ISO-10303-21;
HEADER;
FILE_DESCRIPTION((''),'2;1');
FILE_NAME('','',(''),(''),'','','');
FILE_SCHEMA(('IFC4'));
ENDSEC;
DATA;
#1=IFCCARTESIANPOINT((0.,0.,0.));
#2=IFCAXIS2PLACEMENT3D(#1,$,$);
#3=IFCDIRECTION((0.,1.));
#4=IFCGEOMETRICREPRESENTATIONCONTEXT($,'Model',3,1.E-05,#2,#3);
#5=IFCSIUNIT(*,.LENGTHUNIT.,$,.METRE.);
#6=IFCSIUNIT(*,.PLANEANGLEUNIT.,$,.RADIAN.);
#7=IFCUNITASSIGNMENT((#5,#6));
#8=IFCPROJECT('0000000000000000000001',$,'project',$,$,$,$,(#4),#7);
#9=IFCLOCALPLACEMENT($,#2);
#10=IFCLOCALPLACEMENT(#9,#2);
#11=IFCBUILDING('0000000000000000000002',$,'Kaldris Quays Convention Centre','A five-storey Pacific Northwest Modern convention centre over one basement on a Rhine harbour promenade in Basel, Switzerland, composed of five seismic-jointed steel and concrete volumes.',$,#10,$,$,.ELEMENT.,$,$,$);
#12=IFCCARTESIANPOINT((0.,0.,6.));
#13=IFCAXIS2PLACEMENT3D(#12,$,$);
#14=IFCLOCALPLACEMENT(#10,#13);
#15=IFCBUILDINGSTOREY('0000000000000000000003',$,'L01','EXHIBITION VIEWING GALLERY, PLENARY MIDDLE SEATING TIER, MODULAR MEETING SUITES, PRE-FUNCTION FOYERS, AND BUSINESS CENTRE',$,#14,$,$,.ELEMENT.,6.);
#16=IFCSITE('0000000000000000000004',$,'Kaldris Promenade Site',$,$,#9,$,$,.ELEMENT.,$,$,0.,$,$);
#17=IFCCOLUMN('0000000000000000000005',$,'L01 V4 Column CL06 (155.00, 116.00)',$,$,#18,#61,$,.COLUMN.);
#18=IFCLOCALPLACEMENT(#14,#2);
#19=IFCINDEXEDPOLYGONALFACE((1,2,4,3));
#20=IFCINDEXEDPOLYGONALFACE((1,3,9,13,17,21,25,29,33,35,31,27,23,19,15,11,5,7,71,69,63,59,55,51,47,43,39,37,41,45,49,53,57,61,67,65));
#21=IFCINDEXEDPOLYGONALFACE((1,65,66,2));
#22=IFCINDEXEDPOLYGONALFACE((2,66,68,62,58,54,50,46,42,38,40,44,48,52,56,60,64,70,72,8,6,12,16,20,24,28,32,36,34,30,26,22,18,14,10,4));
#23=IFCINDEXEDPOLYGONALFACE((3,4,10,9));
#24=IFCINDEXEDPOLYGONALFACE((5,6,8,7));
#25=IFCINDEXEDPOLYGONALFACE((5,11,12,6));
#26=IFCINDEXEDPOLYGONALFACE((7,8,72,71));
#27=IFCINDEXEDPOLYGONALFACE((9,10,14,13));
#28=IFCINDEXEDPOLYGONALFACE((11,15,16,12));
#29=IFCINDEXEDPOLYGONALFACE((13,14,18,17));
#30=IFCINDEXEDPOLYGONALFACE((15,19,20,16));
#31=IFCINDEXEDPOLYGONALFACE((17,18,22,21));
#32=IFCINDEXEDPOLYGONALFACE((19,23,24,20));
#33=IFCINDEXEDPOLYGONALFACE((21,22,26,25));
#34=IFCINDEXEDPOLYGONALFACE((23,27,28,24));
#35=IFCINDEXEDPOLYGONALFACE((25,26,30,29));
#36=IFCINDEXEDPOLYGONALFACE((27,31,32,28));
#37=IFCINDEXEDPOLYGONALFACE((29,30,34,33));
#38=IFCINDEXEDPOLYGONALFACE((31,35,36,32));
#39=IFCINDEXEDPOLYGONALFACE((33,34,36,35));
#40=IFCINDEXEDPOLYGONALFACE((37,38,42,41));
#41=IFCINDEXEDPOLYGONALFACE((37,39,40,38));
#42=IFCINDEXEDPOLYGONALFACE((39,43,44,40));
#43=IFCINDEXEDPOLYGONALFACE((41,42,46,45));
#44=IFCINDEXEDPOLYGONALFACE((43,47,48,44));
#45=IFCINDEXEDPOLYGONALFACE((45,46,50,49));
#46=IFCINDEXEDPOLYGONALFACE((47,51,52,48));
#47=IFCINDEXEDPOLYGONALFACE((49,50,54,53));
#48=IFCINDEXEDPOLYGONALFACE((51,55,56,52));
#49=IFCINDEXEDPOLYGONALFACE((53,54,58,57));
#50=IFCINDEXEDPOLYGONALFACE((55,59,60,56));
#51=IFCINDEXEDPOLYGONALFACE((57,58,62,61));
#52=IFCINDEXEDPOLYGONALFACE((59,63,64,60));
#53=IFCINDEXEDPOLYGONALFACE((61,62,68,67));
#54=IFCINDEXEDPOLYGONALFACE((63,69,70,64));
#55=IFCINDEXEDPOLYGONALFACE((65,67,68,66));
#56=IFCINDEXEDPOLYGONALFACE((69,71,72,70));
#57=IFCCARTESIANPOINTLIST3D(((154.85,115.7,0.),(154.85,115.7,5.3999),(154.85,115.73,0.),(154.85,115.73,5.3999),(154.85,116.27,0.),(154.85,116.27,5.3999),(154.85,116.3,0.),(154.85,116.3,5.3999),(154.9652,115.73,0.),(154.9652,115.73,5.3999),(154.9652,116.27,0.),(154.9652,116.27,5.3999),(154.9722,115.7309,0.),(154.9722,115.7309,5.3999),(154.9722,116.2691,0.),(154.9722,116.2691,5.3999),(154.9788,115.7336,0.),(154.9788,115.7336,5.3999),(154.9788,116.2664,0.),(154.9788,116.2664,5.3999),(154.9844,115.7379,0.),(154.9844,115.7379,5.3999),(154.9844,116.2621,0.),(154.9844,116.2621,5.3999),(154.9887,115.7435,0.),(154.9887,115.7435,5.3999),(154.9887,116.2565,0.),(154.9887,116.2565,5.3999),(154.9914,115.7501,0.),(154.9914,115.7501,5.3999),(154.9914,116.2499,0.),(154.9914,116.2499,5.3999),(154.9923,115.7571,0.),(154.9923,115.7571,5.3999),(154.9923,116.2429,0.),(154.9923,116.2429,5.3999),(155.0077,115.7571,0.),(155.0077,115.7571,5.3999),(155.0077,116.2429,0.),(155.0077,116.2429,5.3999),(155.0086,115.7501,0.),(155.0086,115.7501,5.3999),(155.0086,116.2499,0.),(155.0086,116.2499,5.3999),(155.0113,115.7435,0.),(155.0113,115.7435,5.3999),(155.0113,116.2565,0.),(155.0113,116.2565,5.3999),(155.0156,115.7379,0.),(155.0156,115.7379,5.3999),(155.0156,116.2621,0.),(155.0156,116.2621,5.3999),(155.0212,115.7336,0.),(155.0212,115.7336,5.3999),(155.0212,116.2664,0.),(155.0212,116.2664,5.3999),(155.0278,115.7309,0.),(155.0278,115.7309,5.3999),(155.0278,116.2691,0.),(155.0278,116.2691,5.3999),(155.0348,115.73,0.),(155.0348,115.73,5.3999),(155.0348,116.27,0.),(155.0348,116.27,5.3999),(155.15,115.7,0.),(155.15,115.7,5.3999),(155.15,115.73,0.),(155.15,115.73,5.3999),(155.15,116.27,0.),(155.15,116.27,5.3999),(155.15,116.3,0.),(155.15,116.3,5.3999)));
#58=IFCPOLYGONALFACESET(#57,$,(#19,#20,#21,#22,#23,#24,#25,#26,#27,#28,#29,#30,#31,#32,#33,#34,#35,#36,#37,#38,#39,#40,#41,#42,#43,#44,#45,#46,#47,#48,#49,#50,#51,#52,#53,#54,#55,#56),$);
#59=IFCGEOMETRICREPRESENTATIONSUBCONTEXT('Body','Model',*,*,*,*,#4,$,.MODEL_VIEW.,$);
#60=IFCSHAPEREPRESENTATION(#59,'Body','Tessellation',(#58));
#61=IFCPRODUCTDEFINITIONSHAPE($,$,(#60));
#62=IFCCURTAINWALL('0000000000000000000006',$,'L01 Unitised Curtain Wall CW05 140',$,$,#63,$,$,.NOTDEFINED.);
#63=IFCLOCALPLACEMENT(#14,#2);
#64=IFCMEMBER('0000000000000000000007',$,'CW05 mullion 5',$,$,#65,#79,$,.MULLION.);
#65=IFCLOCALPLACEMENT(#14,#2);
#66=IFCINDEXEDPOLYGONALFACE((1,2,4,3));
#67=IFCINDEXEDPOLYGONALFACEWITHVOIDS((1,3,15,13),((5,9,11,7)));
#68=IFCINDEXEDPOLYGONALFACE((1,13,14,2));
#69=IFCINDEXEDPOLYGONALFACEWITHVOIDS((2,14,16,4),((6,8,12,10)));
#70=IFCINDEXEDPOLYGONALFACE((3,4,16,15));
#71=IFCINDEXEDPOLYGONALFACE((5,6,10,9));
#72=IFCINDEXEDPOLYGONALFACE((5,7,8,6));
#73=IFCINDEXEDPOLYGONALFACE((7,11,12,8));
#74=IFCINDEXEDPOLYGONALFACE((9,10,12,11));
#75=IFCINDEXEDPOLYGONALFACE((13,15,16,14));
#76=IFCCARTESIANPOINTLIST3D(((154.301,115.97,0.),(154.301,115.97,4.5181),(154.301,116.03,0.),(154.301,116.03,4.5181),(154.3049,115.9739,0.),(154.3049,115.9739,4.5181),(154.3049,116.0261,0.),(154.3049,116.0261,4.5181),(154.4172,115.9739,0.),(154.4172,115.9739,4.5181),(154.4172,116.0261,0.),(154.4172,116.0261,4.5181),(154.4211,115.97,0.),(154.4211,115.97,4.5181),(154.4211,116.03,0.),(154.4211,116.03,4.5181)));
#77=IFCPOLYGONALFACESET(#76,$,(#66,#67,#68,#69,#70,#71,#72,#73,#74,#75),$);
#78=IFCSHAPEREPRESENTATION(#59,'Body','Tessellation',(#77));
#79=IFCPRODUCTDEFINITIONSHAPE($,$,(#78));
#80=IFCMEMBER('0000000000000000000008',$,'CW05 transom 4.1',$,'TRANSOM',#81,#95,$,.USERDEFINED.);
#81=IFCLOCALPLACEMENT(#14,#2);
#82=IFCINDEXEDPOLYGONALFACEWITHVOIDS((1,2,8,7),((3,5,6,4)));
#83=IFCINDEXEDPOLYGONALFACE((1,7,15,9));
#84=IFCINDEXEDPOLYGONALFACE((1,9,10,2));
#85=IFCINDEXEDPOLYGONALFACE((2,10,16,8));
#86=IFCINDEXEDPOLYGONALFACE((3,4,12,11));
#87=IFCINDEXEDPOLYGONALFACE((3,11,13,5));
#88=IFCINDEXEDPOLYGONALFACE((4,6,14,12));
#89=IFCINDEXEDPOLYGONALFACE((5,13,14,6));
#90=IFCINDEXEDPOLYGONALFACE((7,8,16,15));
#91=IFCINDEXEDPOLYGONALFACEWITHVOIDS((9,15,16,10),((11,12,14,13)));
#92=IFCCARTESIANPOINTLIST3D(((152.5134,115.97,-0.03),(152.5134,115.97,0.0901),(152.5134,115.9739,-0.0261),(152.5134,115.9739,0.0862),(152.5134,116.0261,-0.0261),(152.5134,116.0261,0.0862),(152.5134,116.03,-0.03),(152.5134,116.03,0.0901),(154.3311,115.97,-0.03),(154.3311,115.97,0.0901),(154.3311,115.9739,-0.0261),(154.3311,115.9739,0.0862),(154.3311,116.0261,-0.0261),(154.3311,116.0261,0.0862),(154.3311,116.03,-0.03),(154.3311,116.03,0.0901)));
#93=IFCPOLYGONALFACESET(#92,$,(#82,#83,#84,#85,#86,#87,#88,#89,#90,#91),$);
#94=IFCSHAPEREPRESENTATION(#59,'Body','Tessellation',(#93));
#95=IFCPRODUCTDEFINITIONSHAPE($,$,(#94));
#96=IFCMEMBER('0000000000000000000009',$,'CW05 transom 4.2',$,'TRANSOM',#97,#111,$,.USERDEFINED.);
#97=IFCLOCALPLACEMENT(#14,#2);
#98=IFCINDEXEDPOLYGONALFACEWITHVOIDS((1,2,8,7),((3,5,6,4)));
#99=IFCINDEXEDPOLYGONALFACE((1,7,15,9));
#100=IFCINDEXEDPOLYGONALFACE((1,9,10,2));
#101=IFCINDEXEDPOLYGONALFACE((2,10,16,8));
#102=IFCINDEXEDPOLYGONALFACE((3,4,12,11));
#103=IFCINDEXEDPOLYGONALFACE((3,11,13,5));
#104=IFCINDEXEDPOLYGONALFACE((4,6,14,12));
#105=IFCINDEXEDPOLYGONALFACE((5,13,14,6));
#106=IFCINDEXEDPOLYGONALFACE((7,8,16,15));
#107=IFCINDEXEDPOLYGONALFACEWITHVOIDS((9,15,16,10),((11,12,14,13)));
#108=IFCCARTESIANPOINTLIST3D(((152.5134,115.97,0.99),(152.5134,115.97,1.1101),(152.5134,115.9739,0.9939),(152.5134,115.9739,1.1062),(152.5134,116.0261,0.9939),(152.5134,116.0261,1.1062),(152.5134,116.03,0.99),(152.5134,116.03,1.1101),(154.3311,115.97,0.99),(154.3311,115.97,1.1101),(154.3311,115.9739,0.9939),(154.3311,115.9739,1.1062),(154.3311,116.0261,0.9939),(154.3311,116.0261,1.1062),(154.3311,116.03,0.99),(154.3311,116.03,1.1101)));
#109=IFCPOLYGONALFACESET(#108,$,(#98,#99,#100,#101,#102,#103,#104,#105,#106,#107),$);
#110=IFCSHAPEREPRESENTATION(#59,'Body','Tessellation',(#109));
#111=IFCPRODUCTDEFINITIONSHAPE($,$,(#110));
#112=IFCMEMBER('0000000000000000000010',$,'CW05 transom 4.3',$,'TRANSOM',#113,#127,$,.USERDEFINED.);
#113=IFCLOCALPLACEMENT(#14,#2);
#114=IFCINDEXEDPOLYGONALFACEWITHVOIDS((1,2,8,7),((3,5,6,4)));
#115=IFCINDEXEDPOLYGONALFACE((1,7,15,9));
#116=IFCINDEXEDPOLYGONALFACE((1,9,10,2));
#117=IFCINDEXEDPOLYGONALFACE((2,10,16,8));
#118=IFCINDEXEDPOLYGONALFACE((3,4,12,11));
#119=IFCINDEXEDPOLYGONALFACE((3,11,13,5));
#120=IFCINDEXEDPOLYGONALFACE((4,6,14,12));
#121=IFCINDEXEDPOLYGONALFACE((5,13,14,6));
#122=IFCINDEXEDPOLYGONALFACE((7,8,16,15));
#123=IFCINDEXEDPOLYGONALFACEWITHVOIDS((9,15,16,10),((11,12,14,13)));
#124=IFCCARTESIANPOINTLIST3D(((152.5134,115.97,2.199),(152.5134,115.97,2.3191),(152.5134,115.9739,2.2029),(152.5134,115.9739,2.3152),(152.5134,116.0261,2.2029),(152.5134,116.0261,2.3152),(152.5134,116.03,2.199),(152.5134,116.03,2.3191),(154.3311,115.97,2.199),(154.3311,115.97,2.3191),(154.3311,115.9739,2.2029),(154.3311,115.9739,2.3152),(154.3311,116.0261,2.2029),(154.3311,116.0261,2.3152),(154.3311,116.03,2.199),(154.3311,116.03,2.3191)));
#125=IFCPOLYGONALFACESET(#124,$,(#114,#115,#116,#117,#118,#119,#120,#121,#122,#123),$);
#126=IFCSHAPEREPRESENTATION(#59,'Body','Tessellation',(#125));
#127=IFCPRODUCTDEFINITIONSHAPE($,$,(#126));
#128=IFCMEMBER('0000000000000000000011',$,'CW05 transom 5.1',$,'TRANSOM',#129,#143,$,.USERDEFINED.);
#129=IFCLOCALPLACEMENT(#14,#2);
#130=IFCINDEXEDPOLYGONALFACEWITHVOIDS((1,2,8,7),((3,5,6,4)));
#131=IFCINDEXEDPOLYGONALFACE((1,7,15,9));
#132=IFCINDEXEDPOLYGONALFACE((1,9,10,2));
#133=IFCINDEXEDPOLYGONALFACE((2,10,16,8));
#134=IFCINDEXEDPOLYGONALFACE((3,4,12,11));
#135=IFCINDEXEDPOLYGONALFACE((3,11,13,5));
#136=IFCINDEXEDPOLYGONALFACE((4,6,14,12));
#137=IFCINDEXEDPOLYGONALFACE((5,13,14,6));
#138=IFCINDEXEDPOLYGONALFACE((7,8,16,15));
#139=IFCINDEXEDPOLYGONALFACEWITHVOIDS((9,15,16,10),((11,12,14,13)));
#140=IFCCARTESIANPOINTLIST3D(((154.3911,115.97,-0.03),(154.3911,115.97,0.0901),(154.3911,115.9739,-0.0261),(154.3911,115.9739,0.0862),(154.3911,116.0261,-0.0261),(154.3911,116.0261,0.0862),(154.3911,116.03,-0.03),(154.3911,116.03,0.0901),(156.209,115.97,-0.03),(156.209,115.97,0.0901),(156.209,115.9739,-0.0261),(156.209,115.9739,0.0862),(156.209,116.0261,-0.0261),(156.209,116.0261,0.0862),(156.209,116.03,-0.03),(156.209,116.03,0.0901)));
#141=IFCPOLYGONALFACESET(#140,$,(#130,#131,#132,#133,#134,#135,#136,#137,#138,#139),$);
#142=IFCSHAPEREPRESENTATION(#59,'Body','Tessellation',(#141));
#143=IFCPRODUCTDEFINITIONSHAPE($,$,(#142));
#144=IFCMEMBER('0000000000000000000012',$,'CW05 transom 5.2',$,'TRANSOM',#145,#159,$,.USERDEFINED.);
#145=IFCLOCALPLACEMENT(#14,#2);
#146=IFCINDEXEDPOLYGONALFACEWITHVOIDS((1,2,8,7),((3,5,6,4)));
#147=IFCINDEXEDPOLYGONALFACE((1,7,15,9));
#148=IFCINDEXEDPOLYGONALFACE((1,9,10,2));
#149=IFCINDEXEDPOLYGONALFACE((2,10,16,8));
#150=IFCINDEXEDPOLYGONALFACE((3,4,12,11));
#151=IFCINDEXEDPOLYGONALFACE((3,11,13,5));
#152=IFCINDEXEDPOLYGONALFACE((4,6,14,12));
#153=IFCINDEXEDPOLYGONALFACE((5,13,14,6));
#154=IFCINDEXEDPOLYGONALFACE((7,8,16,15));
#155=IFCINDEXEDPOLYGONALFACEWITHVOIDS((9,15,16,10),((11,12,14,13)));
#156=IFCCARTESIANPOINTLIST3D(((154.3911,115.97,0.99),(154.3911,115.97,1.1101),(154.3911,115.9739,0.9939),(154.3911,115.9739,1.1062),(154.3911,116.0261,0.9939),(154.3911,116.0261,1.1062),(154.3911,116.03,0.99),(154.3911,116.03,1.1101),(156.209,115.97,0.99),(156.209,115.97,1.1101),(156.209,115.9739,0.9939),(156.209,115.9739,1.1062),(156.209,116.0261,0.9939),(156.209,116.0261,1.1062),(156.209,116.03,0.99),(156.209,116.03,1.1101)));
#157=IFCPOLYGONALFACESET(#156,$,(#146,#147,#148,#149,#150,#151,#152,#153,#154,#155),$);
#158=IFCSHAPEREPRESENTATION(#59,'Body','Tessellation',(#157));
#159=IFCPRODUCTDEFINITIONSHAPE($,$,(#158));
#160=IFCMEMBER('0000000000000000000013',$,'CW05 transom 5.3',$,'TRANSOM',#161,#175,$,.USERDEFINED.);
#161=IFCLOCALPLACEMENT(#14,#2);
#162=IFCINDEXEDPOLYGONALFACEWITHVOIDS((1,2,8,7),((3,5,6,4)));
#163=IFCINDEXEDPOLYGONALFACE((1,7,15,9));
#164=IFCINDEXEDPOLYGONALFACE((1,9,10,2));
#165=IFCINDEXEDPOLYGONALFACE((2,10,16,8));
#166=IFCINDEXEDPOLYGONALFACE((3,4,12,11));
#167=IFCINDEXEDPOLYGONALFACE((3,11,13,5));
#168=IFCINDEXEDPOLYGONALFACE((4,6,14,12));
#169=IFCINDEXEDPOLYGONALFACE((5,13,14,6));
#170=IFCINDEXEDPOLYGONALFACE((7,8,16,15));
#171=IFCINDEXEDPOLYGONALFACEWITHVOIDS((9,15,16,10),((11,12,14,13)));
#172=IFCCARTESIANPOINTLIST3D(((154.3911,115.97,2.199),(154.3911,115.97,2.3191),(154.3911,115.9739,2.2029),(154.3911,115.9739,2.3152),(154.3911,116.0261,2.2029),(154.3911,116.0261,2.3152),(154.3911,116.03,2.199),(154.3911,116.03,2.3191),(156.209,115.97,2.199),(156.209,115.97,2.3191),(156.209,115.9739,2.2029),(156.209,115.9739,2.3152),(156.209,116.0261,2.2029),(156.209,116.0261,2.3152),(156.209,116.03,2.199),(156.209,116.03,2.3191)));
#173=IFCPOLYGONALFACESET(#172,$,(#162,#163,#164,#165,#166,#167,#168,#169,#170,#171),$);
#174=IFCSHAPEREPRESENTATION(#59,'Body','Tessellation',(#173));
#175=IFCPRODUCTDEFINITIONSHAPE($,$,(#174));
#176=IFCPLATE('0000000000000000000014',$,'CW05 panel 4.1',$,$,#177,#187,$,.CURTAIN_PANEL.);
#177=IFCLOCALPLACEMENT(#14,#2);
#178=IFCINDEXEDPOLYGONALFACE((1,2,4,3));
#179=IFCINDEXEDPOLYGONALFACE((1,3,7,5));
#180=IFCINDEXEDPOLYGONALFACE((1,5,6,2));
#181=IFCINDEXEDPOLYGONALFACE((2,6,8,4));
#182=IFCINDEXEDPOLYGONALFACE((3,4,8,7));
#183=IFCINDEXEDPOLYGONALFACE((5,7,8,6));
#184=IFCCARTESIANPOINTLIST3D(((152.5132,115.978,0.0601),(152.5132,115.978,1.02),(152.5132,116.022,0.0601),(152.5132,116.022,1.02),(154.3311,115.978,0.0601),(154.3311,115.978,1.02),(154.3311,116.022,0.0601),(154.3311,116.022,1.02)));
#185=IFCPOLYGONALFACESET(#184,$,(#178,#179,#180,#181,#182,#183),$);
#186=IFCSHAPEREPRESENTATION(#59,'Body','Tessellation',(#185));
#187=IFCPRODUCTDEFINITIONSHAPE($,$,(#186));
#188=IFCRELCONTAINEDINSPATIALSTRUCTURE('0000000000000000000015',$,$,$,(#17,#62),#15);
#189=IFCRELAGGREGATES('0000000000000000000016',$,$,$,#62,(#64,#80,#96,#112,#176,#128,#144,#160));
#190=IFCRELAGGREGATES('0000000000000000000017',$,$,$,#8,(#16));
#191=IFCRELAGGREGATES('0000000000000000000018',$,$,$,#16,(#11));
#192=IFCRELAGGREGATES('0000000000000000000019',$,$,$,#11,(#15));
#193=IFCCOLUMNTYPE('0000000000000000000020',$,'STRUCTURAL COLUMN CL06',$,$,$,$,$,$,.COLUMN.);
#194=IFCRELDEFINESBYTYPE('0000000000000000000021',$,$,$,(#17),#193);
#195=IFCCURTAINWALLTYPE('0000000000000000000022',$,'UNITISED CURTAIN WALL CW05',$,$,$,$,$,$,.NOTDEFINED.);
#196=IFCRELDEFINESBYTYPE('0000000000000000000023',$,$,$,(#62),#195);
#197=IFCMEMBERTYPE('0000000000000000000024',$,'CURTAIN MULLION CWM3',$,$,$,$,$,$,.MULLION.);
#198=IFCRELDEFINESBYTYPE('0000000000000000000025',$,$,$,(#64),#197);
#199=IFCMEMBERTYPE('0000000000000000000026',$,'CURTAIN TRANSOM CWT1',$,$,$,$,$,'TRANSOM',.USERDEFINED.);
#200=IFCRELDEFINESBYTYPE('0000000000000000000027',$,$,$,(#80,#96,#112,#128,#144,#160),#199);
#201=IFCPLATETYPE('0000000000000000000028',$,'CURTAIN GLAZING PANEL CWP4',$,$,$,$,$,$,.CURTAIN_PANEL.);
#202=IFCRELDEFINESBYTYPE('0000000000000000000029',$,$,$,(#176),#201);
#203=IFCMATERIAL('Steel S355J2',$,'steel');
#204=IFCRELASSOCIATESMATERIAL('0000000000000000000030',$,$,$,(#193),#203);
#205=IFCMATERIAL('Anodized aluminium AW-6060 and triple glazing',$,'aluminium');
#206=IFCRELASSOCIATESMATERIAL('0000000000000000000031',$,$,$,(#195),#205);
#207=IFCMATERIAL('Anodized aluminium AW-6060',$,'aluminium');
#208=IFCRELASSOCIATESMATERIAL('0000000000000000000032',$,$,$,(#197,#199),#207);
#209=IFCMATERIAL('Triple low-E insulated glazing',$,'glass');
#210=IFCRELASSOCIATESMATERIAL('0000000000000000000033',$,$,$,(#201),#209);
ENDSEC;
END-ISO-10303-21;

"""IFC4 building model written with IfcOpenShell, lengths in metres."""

from ifc_helpers import new_model, si_unit, direction, frame, origin, origin_2d, place, context, subcontext, project, spatial, rectangle, hollow_rectangle, i_section, extrude, material, material_profile, profile_set, type_object, element, aggregate, save


model = new_model("IFC4")

# Units and contexts
model_context = context("Model", 3, precision=1e-05, world=origin(), true_north=direction((0.0, 1.0)))
body_context = subcontext(model_context, "Body", "Model", "MODEL_VIEW")
ifc_project = project(units=[si_unit("LENGTHUNIT", "METRE"), si_unit("PLANEANGLEUNIT", "RADIAN")], contexts=[model_context])

# Site, building, storey
site_placement = place(None, origin())
site = spatial("IfcSite", under=ifc_project, at=site_placement, Name="Kaldris Promenade Site", CompositionType="ELEMENT", RefElevation=0.0)
building_placement = place(site_placement, origin())
building = spatial("IfcBuilding", under=site, at=building_placement, Name="Kaldris Quays Convention Centre", Description="A five-storey Pacific Northwest Modern convention centre over one basement on a Rhine harbour promenade in Basel, Switzerland, composed of five seismic-jointed steel and concrete volumes.", CompositionType="ELEMENT")
storey_placement = place(building_placement, frame((0.0, 0.0, 6.0)))
storey = spatial("IfcBuildingStorey", under=building, at=storey_placement, Name="L01", Description="EXHIBITION VIEWING GALLERY, PLENARY MIDDLE SEATING TIER, MODULAR MEETING SUITES, PRE-FUNCTION FOYERS, AND BUSINESS CENTRE", CompositionType="ELEMENT", Elevation=6.0)

# Column
ifc_material_1 = material(Name="Steel S355J2", Category="steel")
ifc_material_profile_1 = material_profile(ifc_material_1, i_section(OverallWidth=0.3, OverallDepth=0.6001, WebThickness=0.0154, FlangeThickness=0.03, FilletRadius=0.0271, at=origin_2d()), Name="HEB 600")
ifc_profile_set_1 = profile_set([ifc_material_profile_1], Name="Steel S355J2")
column_type = type_object("IfcColumnType", Name="STRUCTURAL COLUMN CL06", PredefinedType="COLUMN", material=ifc_profile_set_1)
column_placement = place(storey_placement, frame((155.0, 116.0, 0.0), z_axis=(0.0, 0.0, 1.0), x_axis=(1.0, 0.0, 0.0)))
element("IfcColumn", 1, at=column_placement, inside=storey, type_object=column_type, Name="L01 V4 Column CL06 (155.00, 116.00)", PredefinedType="COLUMN", context=body_context, shape_type="SweptSolid", body=[
    extrude(i_section(OverallWidth=0.3, OverallDepth=0.6001, WebThickness=0.0154, FlangeThickness=0.03, FilletRadius=0.0271, at=origin_2d()), origin(), (0.0, 0.0, 1.0), 5.3999),
])

# Curtain wall, members, plate
ifc_material_2 = material(Name="Anodized aluminium AW-6060 and triple glazing", Category="aluminium")
curtain_wall_type = type_object("IfcCurtainWallType", Name="UNITISED CURTAIN WALL CW05", PredefinedType="NOTDEFINED", material=ifc_material_2)
curtain_wall_placement = place(storey_placement, origin())
curtain_wall = element("IfcCurtainWall", 2, at=curtain_wall_placement, inside=storey, type_object=curtain_wall_type, Name="L01 Unitised Curtain Wall CW05 140", PredefinedType="NOTDEFINED")
ifc_material_3 = material(Name="Anodized aluminium AW-6060", Category="aluminium")
ifc_material_profile_2 = material_profile(ifc_material_3, hollow_rectangle(XDim=0.0601, YDim=0.1201, WallThickness=0.0039, at=origin_2d()), Name="RHS 120x60x4")
ifc_profile_set_2 = profile_set([ifc_material_profile_2], Name="Anodized aluminium AW-6060")
member_type_1 = type_object("IfcMemberType", Name="CURTAIN MULLION CWM3", PredefinedType="MULLION", material=ifc_profile_set_2)
member_1_placement = place(storey_placement, frame((154.3611, 116.0, 0.0), z_axis=(0.0, 0.0, 1.0), x_axis=(0.0, 1.0, 0.0)))
member_1 = element("IfcMember", 3, at=member_1_placement, type_object=member_type_1, Name="CW05 mullion 5", PredefinedType="MULLION", context=body_context, shape_type="SweptSolid", body=[
    extrude(hollow_rectangle(XDim=0.0601, YDim=0.1201, WallThickness=0.0039, at=origin_2d()), origin(), (0.0, 0.0, 1.0), 4.5181),
])
ifc_material_profile_3 = material_profile(ifc_material_3, hollow_rectangle(XDim=0.0601, YDim=0.1201, WallThickness=0.0039, at=origin_2d()), Name="RHS 120x60x4")
ifc_profile_set_3 = profile_set([ifc_material_profile_3], Name="Anodized aluminium AW-6060")
member_type_2 = type_object("IfcMemberType", Name="CURTAIN TRANSOM CWT1", ElementType="TRANSOM", PredefinedType="USERDEFINED", material=ifc_profile_set_3)
member_2_placement = place(storey_placement, frame((152.5134, 116.0, 0.03), z_axis=(1.0, 0.0, 0.0), x_axis=(0.0, 1.0, 0.0)))
member_2 = element("IfcMember", 4, at=member_2_placement, type_object=member_type_2, Name="CW05 transom 4.1", ObjectType="TRANSOM", PredefinedType="USERDEFINED", context=body_context, shape_type="SweptSolid", body=[
    extrude(hollow_rectangle(XDim=0.0601, YDim=0.1201, WallThickness=0.0039, at=origin_2d()), origin(), (0.0, 0.0, 1.0), 1.8176),
])
member_3_placement = place(storey_placement, frame((152.5134, 116.0, 1.05), z_axis=(1.0, 0.0, 0.0), x_axis=(0.0, 1.0, 0.0)))
member_3 = element("IfcMember", 5, at=member_3_placement, type_object=member_type_2, Name="CW05 transom 4.2", ObjectType="TRANSOM", PredefinedType="USERDEFINED", context=body_context, shape_type="SweptSolid", body=[
    extrude(hollow_rectangle(XDim=0.0601, YDim=0.1201, WallThickness=0.0039, at=origin_2d()), origin(), (0.0, 0.0, 1.0), 1.8176),
])
member_4_placement = place(storey_placement, frame((152.5134, 116.0, 2.259), z_axis=(1.0, 0.0, 0.0), x_axis=(0.0, 1.0, 0.0)))
member_4 = element("IfcMember", 6, at=member_4_placement, type_object=member_type_2, Name="CW05 transom 4.3", ObjectType="TRANSOM", PredefinedType="USERDEFINED", context=body_context, shape_type="SweptSolid", body=[
    extrude(hollow_rectangle(XDim=0.0601, YDim=0.1201, WallThickness=0.0039, at=origin_2d()), origin(), (0.0, 0.0, 1.0), 1.8176),
])
member_5_placement = place(storey_placement, frame((154.3911, 116.0, 0.03), z_axis=(1.0, 0.0, 0.0), x_axis=(0.0, 1.0, 0.0)))
member_5 = element("IfcMember", 7, at=member_5_placement, type_object=member_type_2, Name="CW05 transom 5.1", ObjectType="TRANSOM", PredefinedType="USERDEFINED", context=body_context, shape_type="SweptSolid", body=[
    extrude(hollow_rectangle(XDim=0.0601, YDim=0.1201, WallThickness=0.0039, at=origin_2d()), origin(), (0.0, 0.0, 1.0), 1.8179),
])
member_6_placement = place(storey_placement, frame((154.3911, 116.0, 1.05), z_axis=(1.0, 0.0, 0.0), x_axis=(0.0, 1.0, 0.0)))
member_6 = element("IfcMember", 8, at=member_6_placement, type_object=member_type_2, Name="CW05 transom 5.2", ObjectType="TRANSOM", PredefinedType="USERDEFINED", context=body_context, shape_type="SweptSolid", body=[
    extrude(hollow_rectangle(XDim=0.0601, YDim=0.1201, WallThickness=0.0039, at=origin_2d()), origin(), (0.0, 0.0, 1.0), 1.8179),
])
member_7_placement = place(storey_placement, frame((154.3911, 116.0, 2.259), z_axis=(1.0, 0.0, 0.0), x_axis=(0.0, 1.0, 0.0)))
member_7 = element("IfcMember", 9, at=member_7_placement, type_object=member_type_2, Name="CW05 transom 5.3", ObjectType="TRANSOM", PredefinedType="USERDEFINED", context=body_context, shape_type="SweptSolid", body=[
    extrude(hollow_rectangle(XDim=0.0601, YDim=0.1201, WallThickness=0.0039, at=origin_2d()), origin(), (0.0, 0.0, 1.0), 1.8179),
])
ifc_material_4 = material(Name="Triple low-E insulated glazing", Category="glass")
plate_type = type_object("IfcPlateType", Name="CURTAIN GLAZING PANEL CWP4", PredefinedType="CURTAIN_PANEL", material=ifc_material_4)
plate_1_placement = place(storey_placement, frame((153.4221, 116.0, 0.0601), z_axis=(0.0, 0.0, 1.0), x_axis=(1.0, 0.0, 0.0)))
plate_1 = element("IfcPlate", 10, at=plate_1_placement, type_object=plate_type, Name="CW05 panel 4.1", PredefinedType="CURTAIN_PANEL", context=body_context, shape_type="SweptSolid", body=[
    extrude(rectangle(XDim=1.8179, YDim=0.0439, at=origin_2d()), origin(), (0.0, 0.0, 1.0), 0.96),
])
aggregate(curtain_wall, [member_1, member_2, member_3, member_4, plate_1, member_5, member_6, member_7])

save(model, "model.ifc")
